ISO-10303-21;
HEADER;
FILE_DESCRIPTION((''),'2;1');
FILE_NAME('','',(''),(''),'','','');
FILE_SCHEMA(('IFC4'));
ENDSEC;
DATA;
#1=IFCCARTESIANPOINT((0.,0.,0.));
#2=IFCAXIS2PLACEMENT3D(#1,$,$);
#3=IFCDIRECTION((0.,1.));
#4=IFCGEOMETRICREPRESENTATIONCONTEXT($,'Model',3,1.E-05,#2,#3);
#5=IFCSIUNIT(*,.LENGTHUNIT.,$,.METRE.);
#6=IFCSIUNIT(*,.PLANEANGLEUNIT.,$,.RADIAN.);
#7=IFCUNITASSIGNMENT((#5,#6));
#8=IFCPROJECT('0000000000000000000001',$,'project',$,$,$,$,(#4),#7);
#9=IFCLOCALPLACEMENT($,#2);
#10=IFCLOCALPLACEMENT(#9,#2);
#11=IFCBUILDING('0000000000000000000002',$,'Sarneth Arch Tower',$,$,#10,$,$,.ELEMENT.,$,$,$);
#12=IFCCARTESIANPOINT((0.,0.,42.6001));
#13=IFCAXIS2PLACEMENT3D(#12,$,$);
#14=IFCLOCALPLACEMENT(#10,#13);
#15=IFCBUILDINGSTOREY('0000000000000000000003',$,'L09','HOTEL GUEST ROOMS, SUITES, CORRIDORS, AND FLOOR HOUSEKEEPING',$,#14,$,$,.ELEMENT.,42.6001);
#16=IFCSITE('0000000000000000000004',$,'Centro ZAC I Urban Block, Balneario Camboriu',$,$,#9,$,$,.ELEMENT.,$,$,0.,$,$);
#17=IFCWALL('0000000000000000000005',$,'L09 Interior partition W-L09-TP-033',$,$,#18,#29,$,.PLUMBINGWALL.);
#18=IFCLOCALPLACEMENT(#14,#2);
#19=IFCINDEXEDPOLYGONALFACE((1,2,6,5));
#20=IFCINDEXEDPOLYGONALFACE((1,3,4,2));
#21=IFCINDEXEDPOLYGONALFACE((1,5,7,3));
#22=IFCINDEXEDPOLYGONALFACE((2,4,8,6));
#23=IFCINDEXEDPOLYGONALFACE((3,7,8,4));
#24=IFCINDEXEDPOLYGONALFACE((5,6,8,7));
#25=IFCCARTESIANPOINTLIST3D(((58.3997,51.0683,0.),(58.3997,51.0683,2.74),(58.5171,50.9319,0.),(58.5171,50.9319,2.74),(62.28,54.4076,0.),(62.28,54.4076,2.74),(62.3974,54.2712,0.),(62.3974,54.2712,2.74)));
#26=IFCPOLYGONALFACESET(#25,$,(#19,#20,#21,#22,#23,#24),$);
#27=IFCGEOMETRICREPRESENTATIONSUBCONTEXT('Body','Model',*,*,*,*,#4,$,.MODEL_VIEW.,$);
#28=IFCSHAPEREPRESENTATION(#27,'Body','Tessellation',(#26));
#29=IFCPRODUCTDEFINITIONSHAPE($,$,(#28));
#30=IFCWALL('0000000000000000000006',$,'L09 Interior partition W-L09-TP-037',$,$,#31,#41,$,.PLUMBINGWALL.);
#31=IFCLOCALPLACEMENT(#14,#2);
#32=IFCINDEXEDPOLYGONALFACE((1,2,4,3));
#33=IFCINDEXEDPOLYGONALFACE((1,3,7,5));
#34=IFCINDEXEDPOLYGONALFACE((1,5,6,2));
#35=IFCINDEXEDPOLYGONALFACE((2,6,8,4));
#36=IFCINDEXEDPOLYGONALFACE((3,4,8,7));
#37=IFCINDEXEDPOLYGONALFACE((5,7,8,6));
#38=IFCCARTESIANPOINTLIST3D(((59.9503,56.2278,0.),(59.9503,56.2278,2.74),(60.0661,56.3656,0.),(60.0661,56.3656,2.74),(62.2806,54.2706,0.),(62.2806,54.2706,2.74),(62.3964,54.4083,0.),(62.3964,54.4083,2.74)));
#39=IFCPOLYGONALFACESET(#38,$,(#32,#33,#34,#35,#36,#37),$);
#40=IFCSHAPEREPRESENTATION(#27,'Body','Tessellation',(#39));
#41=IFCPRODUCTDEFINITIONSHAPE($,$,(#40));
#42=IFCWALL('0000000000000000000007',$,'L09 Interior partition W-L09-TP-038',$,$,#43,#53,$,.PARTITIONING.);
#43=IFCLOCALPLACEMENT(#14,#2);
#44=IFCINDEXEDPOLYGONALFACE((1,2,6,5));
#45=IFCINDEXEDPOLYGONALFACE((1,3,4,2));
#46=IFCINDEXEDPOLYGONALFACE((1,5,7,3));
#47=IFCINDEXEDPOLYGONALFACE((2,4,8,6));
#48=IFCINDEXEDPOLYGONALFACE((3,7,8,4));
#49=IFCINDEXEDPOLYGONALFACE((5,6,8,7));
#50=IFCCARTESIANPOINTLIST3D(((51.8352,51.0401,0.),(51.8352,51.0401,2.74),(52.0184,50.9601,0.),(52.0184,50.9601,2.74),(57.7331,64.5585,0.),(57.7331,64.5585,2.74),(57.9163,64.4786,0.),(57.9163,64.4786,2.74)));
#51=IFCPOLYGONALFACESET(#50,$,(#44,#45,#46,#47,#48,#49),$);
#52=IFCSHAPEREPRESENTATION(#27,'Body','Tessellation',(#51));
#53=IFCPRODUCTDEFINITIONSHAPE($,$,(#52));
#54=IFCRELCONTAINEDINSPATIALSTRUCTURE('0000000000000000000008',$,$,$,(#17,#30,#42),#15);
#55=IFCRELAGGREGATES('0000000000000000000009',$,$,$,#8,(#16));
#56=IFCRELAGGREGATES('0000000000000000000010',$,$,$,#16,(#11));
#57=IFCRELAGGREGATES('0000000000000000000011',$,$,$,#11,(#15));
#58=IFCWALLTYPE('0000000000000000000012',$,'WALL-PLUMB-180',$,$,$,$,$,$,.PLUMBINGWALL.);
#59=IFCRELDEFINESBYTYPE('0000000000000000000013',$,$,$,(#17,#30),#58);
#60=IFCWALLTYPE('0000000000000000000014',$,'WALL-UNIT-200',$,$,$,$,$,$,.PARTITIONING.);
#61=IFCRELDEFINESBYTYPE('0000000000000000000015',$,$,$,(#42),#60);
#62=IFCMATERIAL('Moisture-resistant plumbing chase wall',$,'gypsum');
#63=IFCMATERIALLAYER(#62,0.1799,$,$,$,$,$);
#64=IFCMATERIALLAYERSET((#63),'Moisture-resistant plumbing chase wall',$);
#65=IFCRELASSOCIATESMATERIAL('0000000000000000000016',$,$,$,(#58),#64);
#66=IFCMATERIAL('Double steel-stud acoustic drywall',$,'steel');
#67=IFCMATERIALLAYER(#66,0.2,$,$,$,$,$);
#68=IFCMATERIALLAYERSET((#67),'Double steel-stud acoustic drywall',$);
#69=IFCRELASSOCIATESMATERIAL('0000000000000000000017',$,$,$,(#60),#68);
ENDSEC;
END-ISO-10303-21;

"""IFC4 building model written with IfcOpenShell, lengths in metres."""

from ifc_helpers import new_model, si_unit, direction, frame, frame_2d, origin, place, context, subcontext, project, spatial, rectangle, extrude, material, layer, layer_set, type_object, element, save


model = new_model("IFC4")

# Units and contexts
model_context = context("Model", 3, precision=1e-05, world=origin(), true_north=direction((0.0, 1.0)))
body_context = subcontext(model_context, "Body", "Model", "MODEL_VIEW")
ifc_project = project(units=[si_unit("LENGTHUNIT", "METRE"), si_unit("PLANEANGLEUNIT", "RADIAN")], contexts=[model_context])

# Site, building, storey
site_placement = place(None, origin())
site = spatial("IfcSite", under=ifc_project, at=site_placement, Name="Centro ZAC I Urban Block, Balneario Camboriu", CompositionType="ELEMENT", RefElevation=0.0)
building_placement = place(site_placement, origin())
building = spatial("IfcBuilding", under=site, at=building_placement, Name="Sarneth Arch Tower", CompositionType="ELEMENT")
storey_placement = place(building_placement, frame((0.0, 0.0, 42.6001)))
storey = spatial("IfcBuildingStorey", under=building, at=storey_placement, Name="L09", Description="HOTEL GUEST ROOMS, SUITES, CORRIDORS, AND FLOOR HOUSEKEEPING", CompositionType="ELEMENT", Elevation=42.6001)

# Shared definitions
ifc_material_1 = material(Name="Moisture-resistant plumbing chase wall", Category="gypsum")
ifc_layer_1 = layer(ifc_material_1, 0.1799)
ifc_layer_set_1 = layer_set([ifc_layer_1], Name="Moisture-resistant plumbing chase wall")
wall_type_1 = type_object("IfcWallType", Name="WALL-PLUMB-180", PredefinedType="PLUMBINGWALL", material=ifc_layer_set_1)

# Walls
wall_1_placement = place(storey_placement, frame((62.3386, 54.3394, 0.0), z_axis=(0.0, 0.0, 1.0), x_axis=(-0.757969, -0.65229, 0.0)))
element("IfcWall", 1, at=wall_1_placement, inside=storey, type_object=wall_type_1, Name="L09 Interior partition W-L09-TP-033", PredefinedType="PLUMBINGWALL", context=body_context, shape_type="SweptSolid", body=[
    extrude(rectangle(XDim=5.1194, YDim=0.1799, at=frame_2d((2.5596, 0.0))), origin(), (0.0, 0.0, 1.0), 2.74),
])
wall_2_placement = place(storey_placement, frame((60.0083, 56.2966, 0.0), z_axis=(0.0, 0.0, 1.0), x_axis=(0.765736, -0.643154, 0.0)))
element("IfcWall", 2, at=wall_2_placement, inside=storey, type_object=wall_type_1, Name="L09 Interior partition W-L09-TP-037", PredefinedType="PLUMBINGWALL", context=body_context, shape_type="SweptSolid", body=[
    extrude(rectangle(XDim=3.0432, YDim=0.1799, at=frame_2d((1.5215, 0.0))), origin(), (0.0, 0.0, 1.0), 2.74),
])
ifc_material_2 = material(Name="Double steel-stud acoustic drywall", Category="steel")
ifc_layer_2 = layer(ifc_material_2, 0.2)
ifc_layer_set_2 = layer_set([ifc_layer_2], Name="Double steel-stud acoustic drywall")
wall_type_2 = type_object("IfcWallType", Name="WALL-UNIT-200", PredefinedType="PARTITIONING", material=ifc_layer_set_2)
wall_3_placement = place(storey_placement, frame((57.8247, 64.5186, 0.0), z_axis=(0.0, 0.0, 1.0), x_axis=(-0.399884, -0.916566, 0.0)))
element("IfcWall", 3, at=wall_3_placement, inside=storey, type_object=wall_type_2, Name="L09 Interior partition W-L09-TP-038", PredefinedType="PARTITIONING", context=body_context, shape_type="SweptSolid", body=[
    extrude(rectangle(XDim=14.749, YDim=0.2, at=frame_2d((7.3745, 0.0))), origin(), (0.0, 0.0, 1.0), 2.74),
])

save(model, "model.ifc")
